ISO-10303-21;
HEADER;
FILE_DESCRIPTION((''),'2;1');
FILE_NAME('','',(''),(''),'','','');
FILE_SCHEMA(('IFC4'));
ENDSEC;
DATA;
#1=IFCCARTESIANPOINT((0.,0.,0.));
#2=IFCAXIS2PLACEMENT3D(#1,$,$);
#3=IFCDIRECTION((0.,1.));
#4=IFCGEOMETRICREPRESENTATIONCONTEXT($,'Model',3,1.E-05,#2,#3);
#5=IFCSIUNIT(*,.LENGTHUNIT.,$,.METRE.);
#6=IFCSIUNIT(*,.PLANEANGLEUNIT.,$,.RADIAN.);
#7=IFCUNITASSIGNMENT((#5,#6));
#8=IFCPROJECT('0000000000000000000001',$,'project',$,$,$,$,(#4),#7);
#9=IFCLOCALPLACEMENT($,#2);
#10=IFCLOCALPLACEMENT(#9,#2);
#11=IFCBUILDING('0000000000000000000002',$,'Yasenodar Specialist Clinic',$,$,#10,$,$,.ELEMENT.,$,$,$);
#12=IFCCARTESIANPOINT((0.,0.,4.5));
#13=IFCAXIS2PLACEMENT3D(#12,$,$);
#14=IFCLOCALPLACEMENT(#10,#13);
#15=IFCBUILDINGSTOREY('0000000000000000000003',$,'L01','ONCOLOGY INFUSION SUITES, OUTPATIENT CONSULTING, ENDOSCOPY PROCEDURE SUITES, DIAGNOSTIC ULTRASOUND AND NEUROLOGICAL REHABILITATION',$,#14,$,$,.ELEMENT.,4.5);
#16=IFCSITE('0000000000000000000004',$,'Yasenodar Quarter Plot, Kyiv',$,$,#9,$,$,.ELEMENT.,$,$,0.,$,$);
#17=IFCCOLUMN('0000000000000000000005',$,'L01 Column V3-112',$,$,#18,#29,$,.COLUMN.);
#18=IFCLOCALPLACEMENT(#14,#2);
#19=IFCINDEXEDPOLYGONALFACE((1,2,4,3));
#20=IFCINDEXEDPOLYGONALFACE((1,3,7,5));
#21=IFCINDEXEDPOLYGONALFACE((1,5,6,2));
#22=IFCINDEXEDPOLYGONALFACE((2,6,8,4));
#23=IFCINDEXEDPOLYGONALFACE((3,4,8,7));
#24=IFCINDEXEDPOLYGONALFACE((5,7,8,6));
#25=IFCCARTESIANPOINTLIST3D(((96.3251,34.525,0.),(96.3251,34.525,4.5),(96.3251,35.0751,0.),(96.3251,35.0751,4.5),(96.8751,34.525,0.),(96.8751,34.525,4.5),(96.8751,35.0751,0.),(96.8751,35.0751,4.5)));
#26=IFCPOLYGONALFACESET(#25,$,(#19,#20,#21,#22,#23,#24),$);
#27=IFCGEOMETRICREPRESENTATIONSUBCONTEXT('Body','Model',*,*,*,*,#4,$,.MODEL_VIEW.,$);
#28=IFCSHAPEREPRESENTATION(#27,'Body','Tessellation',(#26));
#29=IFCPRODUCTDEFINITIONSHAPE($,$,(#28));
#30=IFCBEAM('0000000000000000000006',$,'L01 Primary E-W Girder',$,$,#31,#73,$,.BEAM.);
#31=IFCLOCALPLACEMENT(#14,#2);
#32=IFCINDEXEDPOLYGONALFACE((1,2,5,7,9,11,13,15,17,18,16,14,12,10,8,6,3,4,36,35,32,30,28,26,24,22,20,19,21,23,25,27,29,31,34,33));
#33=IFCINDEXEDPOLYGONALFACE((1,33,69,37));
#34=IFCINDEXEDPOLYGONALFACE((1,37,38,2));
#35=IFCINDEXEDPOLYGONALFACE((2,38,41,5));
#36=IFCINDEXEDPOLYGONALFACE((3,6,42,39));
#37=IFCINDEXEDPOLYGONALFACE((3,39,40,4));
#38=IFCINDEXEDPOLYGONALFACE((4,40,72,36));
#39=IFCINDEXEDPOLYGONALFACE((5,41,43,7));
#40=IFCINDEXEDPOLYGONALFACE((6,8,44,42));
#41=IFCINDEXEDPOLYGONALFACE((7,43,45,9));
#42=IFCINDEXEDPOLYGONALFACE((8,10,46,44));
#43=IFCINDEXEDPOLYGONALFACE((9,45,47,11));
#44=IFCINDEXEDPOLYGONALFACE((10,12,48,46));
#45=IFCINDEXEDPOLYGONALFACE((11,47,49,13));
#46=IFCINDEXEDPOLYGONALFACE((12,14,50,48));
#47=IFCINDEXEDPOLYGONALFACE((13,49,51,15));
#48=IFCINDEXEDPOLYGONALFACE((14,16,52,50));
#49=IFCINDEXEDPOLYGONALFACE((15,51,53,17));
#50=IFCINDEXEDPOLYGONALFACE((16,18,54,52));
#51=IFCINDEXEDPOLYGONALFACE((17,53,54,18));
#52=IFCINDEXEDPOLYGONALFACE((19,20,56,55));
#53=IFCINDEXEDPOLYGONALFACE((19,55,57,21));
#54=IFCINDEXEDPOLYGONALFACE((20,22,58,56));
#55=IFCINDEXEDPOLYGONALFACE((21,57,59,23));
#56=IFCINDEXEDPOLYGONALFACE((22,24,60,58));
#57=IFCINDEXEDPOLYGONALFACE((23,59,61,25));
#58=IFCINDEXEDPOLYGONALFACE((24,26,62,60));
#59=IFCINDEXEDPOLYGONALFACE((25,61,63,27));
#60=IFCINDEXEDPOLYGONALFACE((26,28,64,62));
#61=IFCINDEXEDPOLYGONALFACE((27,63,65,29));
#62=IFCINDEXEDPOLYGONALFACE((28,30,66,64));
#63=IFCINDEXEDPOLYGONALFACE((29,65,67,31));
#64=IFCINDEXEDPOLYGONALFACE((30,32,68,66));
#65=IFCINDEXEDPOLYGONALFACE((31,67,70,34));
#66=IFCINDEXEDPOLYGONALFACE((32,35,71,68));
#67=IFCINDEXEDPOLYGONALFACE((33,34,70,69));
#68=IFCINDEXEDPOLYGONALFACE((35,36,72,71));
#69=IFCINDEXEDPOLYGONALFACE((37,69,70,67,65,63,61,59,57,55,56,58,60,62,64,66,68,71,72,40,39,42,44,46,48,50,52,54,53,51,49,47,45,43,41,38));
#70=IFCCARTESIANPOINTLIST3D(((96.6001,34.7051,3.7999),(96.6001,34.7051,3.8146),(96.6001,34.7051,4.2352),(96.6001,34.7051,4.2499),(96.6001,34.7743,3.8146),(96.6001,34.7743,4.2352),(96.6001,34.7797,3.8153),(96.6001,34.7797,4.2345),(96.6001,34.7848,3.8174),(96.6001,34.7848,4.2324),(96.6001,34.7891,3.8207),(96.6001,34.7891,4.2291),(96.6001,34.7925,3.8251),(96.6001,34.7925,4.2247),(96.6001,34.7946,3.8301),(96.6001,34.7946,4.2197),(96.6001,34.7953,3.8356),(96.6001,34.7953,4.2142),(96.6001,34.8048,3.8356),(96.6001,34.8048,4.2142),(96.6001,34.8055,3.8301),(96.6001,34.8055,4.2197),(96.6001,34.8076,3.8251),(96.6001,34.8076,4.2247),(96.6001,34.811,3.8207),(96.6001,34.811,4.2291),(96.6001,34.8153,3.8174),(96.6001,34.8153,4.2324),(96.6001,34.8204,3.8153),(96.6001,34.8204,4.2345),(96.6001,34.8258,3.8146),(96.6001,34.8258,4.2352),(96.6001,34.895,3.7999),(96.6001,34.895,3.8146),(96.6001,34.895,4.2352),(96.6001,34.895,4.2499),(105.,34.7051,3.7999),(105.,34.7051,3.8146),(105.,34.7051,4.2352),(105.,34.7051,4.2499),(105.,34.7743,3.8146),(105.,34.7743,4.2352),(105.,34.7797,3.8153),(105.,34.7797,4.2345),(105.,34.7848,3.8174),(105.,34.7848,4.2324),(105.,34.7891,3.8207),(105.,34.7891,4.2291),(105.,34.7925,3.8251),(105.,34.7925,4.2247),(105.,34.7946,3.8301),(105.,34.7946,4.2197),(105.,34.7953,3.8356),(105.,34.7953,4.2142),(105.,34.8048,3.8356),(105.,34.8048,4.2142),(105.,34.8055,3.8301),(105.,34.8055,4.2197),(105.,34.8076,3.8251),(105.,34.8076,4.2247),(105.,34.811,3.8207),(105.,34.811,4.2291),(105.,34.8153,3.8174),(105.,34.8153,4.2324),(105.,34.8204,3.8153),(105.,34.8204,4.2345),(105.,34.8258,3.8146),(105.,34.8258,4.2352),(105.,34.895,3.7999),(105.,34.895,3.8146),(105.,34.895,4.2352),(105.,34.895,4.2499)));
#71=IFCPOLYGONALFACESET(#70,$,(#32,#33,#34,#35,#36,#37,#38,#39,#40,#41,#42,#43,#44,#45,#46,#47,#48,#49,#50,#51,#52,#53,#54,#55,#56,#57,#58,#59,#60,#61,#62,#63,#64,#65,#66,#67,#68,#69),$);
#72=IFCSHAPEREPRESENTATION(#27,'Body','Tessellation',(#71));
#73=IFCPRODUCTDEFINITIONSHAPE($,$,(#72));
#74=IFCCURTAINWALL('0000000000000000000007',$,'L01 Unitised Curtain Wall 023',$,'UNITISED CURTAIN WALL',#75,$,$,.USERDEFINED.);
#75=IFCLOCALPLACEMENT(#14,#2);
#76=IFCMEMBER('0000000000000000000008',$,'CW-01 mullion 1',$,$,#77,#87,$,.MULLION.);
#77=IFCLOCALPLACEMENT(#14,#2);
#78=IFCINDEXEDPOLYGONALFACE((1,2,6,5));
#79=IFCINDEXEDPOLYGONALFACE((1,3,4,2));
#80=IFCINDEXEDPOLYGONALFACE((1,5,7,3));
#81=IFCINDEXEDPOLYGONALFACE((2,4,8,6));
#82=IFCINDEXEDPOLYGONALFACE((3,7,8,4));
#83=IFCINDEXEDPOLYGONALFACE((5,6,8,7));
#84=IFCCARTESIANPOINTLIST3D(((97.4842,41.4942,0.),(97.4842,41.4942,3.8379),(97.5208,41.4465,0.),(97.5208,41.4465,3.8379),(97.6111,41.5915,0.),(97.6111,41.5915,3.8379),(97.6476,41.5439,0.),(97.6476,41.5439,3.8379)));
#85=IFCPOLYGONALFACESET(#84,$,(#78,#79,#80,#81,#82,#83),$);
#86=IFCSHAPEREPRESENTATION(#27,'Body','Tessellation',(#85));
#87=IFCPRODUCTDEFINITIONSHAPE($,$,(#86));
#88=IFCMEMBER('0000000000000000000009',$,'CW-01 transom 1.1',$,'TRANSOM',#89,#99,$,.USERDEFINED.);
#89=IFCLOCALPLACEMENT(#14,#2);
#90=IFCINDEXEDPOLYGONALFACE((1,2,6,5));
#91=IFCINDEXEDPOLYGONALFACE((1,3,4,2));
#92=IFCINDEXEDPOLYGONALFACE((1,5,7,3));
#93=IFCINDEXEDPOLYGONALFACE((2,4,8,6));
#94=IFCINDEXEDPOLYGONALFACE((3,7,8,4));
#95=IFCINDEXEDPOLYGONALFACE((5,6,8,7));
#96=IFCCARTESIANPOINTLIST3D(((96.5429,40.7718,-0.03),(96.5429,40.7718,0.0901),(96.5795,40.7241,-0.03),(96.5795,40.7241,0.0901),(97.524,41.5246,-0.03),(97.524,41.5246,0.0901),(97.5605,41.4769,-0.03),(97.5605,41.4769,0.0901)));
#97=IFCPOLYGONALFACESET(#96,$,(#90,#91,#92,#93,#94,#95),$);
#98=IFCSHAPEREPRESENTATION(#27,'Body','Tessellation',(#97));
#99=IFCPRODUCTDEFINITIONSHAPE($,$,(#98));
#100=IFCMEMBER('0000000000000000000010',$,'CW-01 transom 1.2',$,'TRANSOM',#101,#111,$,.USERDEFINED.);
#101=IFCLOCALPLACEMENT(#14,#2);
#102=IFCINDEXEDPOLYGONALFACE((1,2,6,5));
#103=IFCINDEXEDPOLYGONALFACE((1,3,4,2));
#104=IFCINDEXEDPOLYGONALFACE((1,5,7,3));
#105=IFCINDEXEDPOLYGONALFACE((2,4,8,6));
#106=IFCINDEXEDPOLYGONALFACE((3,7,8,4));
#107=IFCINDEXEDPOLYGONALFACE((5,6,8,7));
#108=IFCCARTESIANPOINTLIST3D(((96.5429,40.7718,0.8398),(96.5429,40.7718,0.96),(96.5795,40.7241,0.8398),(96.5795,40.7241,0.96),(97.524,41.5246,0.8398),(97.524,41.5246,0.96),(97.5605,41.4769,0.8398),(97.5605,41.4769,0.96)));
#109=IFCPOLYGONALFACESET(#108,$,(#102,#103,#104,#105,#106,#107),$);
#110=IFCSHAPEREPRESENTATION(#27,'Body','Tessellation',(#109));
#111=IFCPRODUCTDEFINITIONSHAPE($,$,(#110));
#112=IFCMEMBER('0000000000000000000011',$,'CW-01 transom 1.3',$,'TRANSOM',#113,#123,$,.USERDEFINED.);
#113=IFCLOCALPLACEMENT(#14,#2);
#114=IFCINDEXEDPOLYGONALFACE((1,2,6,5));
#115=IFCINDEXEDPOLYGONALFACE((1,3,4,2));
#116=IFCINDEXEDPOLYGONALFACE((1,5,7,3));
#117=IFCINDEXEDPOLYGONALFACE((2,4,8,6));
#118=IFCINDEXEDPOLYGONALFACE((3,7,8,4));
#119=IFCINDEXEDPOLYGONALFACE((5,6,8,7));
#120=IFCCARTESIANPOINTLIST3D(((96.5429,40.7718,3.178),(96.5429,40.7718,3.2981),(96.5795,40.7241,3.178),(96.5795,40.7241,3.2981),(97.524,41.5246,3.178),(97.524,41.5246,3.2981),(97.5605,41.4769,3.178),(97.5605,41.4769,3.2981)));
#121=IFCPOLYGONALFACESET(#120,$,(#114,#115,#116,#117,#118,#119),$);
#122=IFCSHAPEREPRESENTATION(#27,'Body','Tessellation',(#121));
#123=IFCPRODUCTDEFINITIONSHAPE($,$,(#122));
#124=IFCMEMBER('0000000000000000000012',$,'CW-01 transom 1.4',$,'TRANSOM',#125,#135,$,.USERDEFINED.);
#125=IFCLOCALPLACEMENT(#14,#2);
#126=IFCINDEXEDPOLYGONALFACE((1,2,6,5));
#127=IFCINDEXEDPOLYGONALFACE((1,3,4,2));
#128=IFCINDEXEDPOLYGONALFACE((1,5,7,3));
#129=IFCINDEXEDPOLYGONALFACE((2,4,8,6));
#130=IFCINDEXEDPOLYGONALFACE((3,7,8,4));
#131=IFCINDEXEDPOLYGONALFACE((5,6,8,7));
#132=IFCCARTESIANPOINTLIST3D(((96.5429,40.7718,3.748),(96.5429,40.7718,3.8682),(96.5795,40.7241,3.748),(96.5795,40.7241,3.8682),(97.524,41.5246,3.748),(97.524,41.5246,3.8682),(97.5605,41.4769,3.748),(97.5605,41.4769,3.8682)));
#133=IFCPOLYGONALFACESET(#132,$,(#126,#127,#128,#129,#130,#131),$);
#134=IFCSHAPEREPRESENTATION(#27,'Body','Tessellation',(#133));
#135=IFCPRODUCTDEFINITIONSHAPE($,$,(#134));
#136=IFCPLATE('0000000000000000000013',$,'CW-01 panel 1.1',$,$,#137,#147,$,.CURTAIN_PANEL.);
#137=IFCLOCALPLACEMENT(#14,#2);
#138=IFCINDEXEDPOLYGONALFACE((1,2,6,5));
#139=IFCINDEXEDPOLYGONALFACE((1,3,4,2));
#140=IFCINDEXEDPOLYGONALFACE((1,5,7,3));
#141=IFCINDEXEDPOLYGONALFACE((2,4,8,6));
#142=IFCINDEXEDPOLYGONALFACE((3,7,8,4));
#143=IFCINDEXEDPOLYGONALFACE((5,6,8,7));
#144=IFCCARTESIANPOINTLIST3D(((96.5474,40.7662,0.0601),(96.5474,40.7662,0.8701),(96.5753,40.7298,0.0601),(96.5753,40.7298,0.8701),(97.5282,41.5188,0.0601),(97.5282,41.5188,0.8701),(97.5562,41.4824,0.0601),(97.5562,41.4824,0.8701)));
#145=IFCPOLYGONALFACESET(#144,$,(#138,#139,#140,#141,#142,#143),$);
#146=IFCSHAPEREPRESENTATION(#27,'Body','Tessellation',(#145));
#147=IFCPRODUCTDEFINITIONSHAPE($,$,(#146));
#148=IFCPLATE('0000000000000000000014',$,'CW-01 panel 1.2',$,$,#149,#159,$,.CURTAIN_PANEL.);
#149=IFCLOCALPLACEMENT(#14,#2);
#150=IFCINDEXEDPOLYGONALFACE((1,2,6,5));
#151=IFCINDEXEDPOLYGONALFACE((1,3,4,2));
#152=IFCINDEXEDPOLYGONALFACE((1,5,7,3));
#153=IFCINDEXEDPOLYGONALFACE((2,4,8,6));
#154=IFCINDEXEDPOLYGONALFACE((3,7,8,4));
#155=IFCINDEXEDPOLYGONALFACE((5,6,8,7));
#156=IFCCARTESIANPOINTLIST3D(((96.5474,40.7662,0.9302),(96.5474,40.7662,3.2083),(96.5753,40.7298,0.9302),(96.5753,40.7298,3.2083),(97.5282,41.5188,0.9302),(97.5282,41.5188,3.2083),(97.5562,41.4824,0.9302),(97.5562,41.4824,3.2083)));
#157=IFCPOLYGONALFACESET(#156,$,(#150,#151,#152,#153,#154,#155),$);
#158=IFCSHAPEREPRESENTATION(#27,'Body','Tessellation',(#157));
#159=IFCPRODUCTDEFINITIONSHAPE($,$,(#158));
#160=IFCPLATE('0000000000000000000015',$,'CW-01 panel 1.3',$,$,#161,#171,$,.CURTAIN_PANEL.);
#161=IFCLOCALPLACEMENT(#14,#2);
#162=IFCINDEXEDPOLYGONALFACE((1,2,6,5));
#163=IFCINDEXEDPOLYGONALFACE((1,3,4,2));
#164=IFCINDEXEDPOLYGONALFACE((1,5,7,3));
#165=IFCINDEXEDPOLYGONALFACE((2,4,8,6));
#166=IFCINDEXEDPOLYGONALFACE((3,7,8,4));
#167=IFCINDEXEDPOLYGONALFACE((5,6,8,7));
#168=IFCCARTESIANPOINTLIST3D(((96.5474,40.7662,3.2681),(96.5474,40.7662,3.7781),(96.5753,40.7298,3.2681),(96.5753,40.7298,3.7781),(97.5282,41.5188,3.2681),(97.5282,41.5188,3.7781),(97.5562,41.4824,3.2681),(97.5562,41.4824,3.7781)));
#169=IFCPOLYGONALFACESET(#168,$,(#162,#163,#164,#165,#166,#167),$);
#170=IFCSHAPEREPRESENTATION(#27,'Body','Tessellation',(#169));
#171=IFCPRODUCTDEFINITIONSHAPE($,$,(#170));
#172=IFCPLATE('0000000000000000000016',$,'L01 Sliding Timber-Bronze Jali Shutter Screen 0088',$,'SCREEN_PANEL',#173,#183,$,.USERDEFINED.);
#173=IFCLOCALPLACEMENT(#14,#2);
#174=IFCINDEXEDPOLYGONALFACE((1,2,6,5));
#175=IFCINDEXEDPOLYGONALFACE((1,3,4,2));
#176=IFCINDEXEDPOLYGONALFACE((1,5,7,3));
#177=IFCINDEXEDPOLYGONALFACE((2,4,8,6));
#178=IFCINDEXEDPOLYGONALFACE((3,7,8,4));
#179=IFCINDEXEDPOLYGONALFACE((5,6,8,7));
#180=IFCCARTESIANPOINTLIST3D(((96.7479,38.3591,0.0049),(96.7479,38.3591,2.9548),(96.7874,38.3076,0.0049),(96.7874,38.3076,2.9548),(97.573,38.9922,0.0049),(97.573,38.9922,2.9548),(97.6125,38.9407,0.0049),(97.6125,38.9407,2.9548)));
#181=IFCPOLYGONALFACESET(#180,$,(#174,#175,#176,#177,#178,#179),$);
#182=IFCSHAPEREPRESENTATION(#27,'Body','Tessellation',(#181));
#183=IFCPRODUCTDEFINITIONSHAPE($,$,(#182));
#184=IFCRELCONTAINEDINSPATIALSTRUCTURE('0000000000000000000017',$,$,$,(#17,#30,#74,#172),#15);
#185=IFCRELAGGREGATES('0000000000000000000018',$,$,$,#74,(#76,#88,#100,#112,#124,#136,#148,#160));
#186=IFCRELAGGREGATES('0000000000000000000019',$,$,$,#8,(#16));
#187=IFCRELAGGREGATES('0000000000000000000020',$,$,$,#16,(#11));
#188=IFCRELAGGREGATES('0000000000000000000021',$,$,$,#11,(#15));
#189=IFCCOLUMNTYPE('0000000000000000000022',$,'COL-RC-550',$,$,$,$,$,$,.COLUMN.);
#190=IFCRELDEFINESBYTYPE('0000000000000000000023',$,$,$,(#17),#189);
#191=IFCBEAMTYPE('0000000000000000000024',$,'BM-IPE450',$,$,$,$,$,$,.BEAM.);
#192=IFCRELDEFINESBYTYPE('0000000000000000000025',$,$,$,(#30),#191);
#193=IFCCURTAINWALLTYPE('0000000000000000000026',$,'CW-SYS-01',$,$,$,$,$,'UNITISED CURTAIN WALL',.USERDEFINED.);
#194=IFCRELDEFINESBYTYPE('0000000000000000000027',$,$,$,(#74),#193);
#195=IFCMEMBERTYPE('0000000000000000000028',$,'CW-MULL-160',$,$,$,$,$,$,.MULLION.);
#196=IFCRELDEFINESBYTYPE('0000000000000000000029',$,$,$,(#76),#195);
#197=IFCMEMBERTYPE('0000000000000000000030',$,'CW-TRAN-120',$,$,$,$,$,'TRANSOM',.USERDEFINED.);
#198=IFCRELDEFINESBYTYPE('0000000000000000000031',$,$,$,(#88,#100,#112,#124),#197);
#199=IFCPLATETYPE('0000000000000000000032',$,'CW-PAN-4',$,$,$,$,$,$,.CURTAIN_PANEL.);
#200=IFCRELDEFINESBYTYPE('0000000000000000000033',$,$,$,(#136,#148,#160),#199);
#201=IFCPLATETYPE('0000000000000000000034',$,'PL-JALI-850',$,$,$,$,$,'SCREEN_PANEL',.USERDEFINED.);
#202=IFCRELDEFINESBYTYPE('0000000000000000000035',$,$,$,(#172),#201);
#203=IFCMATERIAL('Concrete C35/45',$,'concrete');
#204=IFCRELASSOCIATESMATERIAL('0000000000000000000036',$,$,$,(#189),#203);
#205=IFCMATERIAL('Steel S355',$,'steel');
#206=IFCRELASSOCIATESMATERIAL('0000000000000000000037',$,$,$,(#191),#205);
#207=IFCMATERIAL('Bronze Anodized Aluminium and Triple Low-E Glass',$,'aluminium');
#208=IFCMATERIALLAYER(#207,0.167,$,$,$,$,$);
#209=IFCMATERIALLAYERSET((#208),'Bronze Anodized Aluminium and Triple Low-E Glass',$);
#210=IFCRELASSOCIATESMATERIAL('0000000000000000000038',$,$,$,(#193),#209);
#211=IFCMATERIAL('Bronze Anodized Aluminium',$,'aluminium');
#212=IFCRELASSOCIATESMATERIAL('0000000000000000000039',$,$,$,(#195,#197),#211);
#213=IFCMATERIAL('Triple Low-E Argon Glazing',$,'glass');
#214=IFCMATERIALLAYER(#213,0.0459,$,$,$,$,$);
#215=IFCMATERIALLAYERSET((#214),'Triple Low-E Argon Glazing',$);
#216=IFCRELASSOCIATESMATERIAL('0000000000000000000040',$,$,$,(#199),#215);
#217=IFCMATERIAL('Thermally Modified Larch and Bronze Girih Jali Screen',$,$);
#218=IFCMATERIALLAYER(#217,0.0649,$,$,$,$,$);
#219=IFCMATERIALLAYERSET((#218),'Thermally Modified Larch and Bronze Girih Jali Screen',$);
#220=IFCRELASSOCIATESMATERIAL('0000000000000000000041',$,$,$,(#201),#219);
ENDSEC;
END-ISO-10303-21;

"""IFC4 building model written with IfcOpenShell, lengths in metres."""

from ifc_helpers import new_model, si_unit, direction, frame, origin, origin_2d, place, context, subcontext, project, spatial, rectangle, i_section, extrude, material, layer, layer_set, material_profile, profile_set, type_object, element, aggregate, save


model = new_model("IFC4")

# Units and contexts
model_context = context("Model", 3, precision=1e-05, world=origin(), true_north=direction((0.0, 1.0)))
body_context = subcontext(model_context, "Body", "Model", "MODEL_VIEW")
ifc_project = project(units=[si_unit("LENGTHUNIT", "METRE"), si_unit("PLANEANGLEUNIT", "RADIAN")], contexts=[model_context])

# Site, building, storey
site_placement = place(None, origin())
site = spatial("IfcSite", under=ifc_project, at=site_placement, Name="Yasenodar Quarter Plot, Kyiv", CompositionType="ELEMENT", RefElevation=0.0)
building_placement = place(site_placement, origin())
building = spatial("IfcBuilding", under=site, at=building_placement, Name="Yasenodar Specialist Clinic", CompositionType="ELEMENT")
storey_placement = place(building_placement, frame((0.0, 0.0, 4.5)))
storey = spatial("IfcBuildingStorey", under=building, at=storey_placement, Name="L01", Description="ONCOLOGY INFUSION SUITES, OUTPATIENT CONSULTING, ENDOSCOPY PROCEDURE SUITES, DIAGNOSTIC ULTRASOUND AND NEUROLOGICAL REHABILITATION", CompositionType="ELEMENT", Elevation=4.5)

# Column
ifc_material_1 = material(Name="Concrete C35/45", Category="concrete")
ifc_material_profile_1 = material_profile(ifc_material_1, rectangle(XDim=0.55, YDim=0.55, at=origin_2d()), Name="RC 550x550")
ifc_profile_set_1 = profile_set([ifc_material_profile_1], Name="Concrete C35/45")
column_type = type_object("IfcColumnType", Name="COL-RC-550", PredefinedType="COLUMN", material=ifc_profile_set_1)
column_placement = place(storey_placement, frame((96.6001, 34.8, 0.0), z_axis=(0.0, 0.0, 1.0), x_axis=(1.0, 0.0, 0.0)))
element("IfcColumn", 1, at=column_placement, inside=storey, type_object=column_type, Name="L01 Column V3-112", PredefinedType="COLUMN", context=body_context, shape_type="SweptSolid", body=[
    extrude(rectangle(XDim=0.55, YDim=0.55, at=origin_2d()), origin(), (0.0, 0.0, 1.0), 4.5),
])

# Beam
ifc_material_2 = material(Name="Steel S355", Category="steel")
ifc_material_profile_2 = material_profile(ifc_material_2, i_section(OverallWidth=0.1899, OverallDepth=0.45, WebThickness=0.0095, FlangeThickness=0.0146, FilletRadius=0.021, at=origin_2d()), Name="IPE 450")
ifc_profile_set_2 = profile_set([ifc_material_profile_2], Name="Steel S355")
beam_type = type_object("IfcBeamType", Name="BM-IPE450", PredefinedType="BEAM", material=ifc_profile_set_2)
beam_placement = place(storey_placement, frame((96.6001, 34.8, 4.0249), z_axis=(1.0, 0.0, 0.0), x_axis=(0.0, 1.0, 0.0)))
element("IfcBeam", 2, at=beam_placement, inside=storey, type_object=beam_type, Name="L01 Primary E-W Girder", PredefinedType="BEAM", context=body_context, shape_type="SweptSolid", body=[
    extrude(i_section(OverallWidth=0.1899, OverallDepth=0.45, WebThickness=0.0095, FlangeThickness=0.0146, FilletRadius=0.021, at=origin_2d()), origin(), (0.0, 0.0, 1.0), 8.3999),
])

# Curtain wall, members, plates
ifc_material_3 = material(Name="Bronze Anodized Aluminium and Triple Low-E Glass", Category="aluminium")
ifc_layer_1 = layer(ifc_material_3, 0.167)
ifc_layer_set_1 = layer_set([ifc_layer_1], Name="Bronze Anodized Aluminium and Triple Low-E Glass")
curtain_wall_type = type_object("IfcCurtainWallType", Name="CW-SYS-01", ElementType="UNITISED CURTAIN WALL", PredefinedType="USERDEFINED", material=ifc_layer_set_1)
curtain_wall_placement = place(storey_placement, origin())
curtain_wall = element("IfcCurtainWall", 3, at=curtain_wall_placement, inside=storey, type_object=curtain_wall_type, Name="L01 Unitised Curtain Wall 023", ObjectType="UNITISED CURTAIN WALL", PredefinedType="USERDEFINED")
ifc_material_4 = material(Name="Bronze Anodized Aluminium", Category="aluminium")
ifc_material_profile_3 = material_profile(ifc_material_4, rectangle(XDim=0.0601, YDim=0.1599, at=origin_2d()), Name="CW-MULL 60x160")
ifc_profile_set_3 = profile_set([ifc_material_profile_3], Name="Bronze Anodized Aluminium")
member_type_1 = type_object("IfcMemberType", Name="CW-MULL-160", PredefinedType="MULLION", material=ifc_profile_set_3)
member_1_placement = place(storey_placement, frame((97.5659, 41.519, 0.0), z_axis=(0.0, 0.0, 1.0), x_axis=(0.608752, -0.793361, 0.0)))
member_1 = element("IfcMember", 4, at=member_1_placement, type_object=member_type_1, Name="CW-01 mullion 1", PredefinedType="MULLION", context=body_context, shape_type="SweptSolid", body=[
    extrude(rectangle(XDim=0.0601, YDim=0.1599, at=origin_2d()), origin(), (0.0, 0.0, 1.0), 3.8379),
])
ifc_material_profile_4 = material_profile(ifc_material_4, rectangle(XDim=0.0601, YDim=0.1201, at=origin_2d()), Name="CW-TRAN 60x120")
ifc_profile_set_4 = profile_set([ifc_material_profile_4], Name="Bronze Anodized Aluminium")
member_type_2 = type_object("IfcMemberType", Name="CW-TRAN-120", ElementType="TRANSOM", PredefinedType="USERDEFINED", material=ifc_profile_set_4)
member_2_placement = place(storey_placement, frame((97.5422, 41.5007, 0.03), z_axis=(-0.793365, -0.608747, 0.0), x_axis=(0.608747, -0.793365, 0.0)))
member_2 = element("IfcMember", 5, at=member_2_placement, type_object=member_type_2, Name="CW-01 transom 1.1", ObjectType="TRANSOM", PredefinedType="USERDEFINED", context=body_context, shape_type="SweptSolid", body=[
    extrude(rectangle(XDim=0.0601, YDim=0.1201, at=origin_2d()), origin(), (0.0, 0.0, 1.0), 1.2366),
])
member_3_placement = place(storey_placement, frame((97.5422, 41.5007, 0.8999), z_axis=(-0.793365, -0.608747, 0.0), x_axis=(0.608747, -0.793365, 0.0)))
member_3 = element("IfcMember", 6, at=member_3_placement, type_object=member_type_2, Name="CW-01 transom 1.2", ObjectType="TRANSOM", PredefinedType="USERDEFINED", context=body_context, shape_type="SweptSolid", body=[
    extrude(rectangle(XDim=0.0601, YDim=0.1201, at=origin_2d()), origin(), (0.0, 0.0, 1.0), 1.2366),
])
member_4_placement = place(storey_placement, frame((97.5422, 41.5007, 3.238), z_axis=(-0.793365, -0.608747, 0.0), x_axis=(0.608747, -0.793365, 0.0)))
member_4 = element("IfcMember", 7, at=member_4_placement, type_object=member_type_2, Name="CW-01 transom 1.3", ObjectType="TRANSOM", PredefinedType="USERDEFINED", context=body_context, shape_type="SweptSolid", body=[
    extrude(rectangle(XDim=0.0601, YDim=0.1201, at=origin_2d()), origin(), (0.0, 0.0, 1.0), 1.2366),
])
member_5_placement = place(storey_placement, frame((97.5422, 41.5007, 3.8081), z_axis=(-0.793365, -0.608747, 0.0), x_axis=(0.608747, -0.793365, 0.0)))
member_5 = element("IfcMember", 8, at=member_5_placement, type_object=member_type_2, Name="CW-01 transom 1.4", ObjectType="TRANSOM", PredefinedType="USERDEFINED", context=body_context, shape_type="SweptSolid", body=[
    extrude(rectangle(XDim=0.0601, YDim=0.1201, at=origin_2d()), origin(), (0.0, 0.0, 1.0), 1.2366),
])
ifc_material_5 = material(Name="Triple Low-E Argon Glazing", Category="glass")
ifc_layer_2 = layer(ifc_material_5, 0.0459)
ifc_layer_set_2 = layer_set([ifc_layer_2], Name="Triple Low-E Argon Glazing")
plate_type_1 = type_object("IfcPlateType", Name="CW-PAN-4", PredefinedType="CURTAIN_PANEL", material=ifc_layer_set_2)
plate_1_placement = place(storey_placement, frame((97.0518, 41.1243, 0.0601), z_axis=(0.0, 0.0, 1.0), x_axis=(-0.793361, -0.608752, 0.0)))
plate_1 = element("IfcPlate", 9, at=plate_1_placement, type_object=plate_type_1, Name="CW-01 panel 1.1", PredefinedType="CURTAIN_PANEL", context=body_context, shape_type="SweptSolid", body=[
    extrude(rectangle(XDim=1.2363, YDim=0.0459, at=origin_2d()), origin(), (0.0, 0.0, 1.0), 0.8101),
])
plate_2_placement = place(storey_placement, frame((97.0518, 41.1243, 0.9302), z_axis=(0.0, 0.0, 1.0), x_axis=(-0.793361, -0.608752, 0.0)))
plate_2 = element("IfcPlate", 10, at=plate_2_placement, type_object=plate_type_1, Name="CW-01 panel 1.2", PredefinedType="CURTAIN_PANEL", context=body_context, shape_type="SweptSolid", body=[
    extrude(rectangle(XDim=1.2363, YDim=0.0459, at=origin_2d()), origin(), (0.0, 0.0, 1.0), 2.2781),
])
plate_3_placement = place(storey_placement, frame((97.0518, 41.1243, 3.2681), z_axis=(0.0, 0.0, 1.0), x_axis=(-0.793361, -0.608752, 0.0)))
plate_3 = element("IfcPlate", 11, at=plate_3_placement, type_object=plate_type_1, Name="CW-01 panel 1.3", PredefinedType="CURTAIN_PANEL", context=body_context, shape_type="SweptSolid", body=[
    extrude(rectangle(XDim=1.2363, YDim=0.0459, at=origin_2d()), origin(), (0.0, 0.0, 1.0), 0.51),
])
aggregate(curtain_wall, [member_1, member_2, member_3, member_4, member_5, plate_1, plate_2, plate_3])

# Plate
ifc_material_6 = material(Name="Thermally Modified Larch and Bronze Girih Jali Screen")
ifc_layer_3 = layer(ifc_material_6, 0.0649)
ifc_layer_set_3 = layer_set([ifc_layer_3], Name="Thermally Modified Larch and Bronze Girih Jali Screen")
plate_type_2 = type_object("IfcPlateType", Name="PL-JALI-850", ElementType="SCREEN_PANEL", PredefinedType="USERDEFINED", material=ifc_layer_set_3)
for number, where, z_axis, x_axis, name in (
    (12, (97.1802, 38.6499, 0.0049), (0.0, 0.0, 1.0), (0.793351, 0.608764, 0.0), "L01 Sliding Timber-Bronze Jali Shutter Screen 0088"),
):
    element("IfcPlate", number, at=place(storey_placement, frame(where, z_axis=z_axis, x_axis=x_axis)), inside=storey, type_object=plate_type_2, Name=name, ObjectType="SCREEN_PANEL", PredefinedType="USERDEFINED", context=body_context, shape_type="SweptSolid", body=[
        extrude(rectangle(XDim=1.04, YDim=0.0649, at=origin_2d()), origin(), (0.0, 0.0, 1.0), 2.95),
    ])

save(model, "model.ifc")
